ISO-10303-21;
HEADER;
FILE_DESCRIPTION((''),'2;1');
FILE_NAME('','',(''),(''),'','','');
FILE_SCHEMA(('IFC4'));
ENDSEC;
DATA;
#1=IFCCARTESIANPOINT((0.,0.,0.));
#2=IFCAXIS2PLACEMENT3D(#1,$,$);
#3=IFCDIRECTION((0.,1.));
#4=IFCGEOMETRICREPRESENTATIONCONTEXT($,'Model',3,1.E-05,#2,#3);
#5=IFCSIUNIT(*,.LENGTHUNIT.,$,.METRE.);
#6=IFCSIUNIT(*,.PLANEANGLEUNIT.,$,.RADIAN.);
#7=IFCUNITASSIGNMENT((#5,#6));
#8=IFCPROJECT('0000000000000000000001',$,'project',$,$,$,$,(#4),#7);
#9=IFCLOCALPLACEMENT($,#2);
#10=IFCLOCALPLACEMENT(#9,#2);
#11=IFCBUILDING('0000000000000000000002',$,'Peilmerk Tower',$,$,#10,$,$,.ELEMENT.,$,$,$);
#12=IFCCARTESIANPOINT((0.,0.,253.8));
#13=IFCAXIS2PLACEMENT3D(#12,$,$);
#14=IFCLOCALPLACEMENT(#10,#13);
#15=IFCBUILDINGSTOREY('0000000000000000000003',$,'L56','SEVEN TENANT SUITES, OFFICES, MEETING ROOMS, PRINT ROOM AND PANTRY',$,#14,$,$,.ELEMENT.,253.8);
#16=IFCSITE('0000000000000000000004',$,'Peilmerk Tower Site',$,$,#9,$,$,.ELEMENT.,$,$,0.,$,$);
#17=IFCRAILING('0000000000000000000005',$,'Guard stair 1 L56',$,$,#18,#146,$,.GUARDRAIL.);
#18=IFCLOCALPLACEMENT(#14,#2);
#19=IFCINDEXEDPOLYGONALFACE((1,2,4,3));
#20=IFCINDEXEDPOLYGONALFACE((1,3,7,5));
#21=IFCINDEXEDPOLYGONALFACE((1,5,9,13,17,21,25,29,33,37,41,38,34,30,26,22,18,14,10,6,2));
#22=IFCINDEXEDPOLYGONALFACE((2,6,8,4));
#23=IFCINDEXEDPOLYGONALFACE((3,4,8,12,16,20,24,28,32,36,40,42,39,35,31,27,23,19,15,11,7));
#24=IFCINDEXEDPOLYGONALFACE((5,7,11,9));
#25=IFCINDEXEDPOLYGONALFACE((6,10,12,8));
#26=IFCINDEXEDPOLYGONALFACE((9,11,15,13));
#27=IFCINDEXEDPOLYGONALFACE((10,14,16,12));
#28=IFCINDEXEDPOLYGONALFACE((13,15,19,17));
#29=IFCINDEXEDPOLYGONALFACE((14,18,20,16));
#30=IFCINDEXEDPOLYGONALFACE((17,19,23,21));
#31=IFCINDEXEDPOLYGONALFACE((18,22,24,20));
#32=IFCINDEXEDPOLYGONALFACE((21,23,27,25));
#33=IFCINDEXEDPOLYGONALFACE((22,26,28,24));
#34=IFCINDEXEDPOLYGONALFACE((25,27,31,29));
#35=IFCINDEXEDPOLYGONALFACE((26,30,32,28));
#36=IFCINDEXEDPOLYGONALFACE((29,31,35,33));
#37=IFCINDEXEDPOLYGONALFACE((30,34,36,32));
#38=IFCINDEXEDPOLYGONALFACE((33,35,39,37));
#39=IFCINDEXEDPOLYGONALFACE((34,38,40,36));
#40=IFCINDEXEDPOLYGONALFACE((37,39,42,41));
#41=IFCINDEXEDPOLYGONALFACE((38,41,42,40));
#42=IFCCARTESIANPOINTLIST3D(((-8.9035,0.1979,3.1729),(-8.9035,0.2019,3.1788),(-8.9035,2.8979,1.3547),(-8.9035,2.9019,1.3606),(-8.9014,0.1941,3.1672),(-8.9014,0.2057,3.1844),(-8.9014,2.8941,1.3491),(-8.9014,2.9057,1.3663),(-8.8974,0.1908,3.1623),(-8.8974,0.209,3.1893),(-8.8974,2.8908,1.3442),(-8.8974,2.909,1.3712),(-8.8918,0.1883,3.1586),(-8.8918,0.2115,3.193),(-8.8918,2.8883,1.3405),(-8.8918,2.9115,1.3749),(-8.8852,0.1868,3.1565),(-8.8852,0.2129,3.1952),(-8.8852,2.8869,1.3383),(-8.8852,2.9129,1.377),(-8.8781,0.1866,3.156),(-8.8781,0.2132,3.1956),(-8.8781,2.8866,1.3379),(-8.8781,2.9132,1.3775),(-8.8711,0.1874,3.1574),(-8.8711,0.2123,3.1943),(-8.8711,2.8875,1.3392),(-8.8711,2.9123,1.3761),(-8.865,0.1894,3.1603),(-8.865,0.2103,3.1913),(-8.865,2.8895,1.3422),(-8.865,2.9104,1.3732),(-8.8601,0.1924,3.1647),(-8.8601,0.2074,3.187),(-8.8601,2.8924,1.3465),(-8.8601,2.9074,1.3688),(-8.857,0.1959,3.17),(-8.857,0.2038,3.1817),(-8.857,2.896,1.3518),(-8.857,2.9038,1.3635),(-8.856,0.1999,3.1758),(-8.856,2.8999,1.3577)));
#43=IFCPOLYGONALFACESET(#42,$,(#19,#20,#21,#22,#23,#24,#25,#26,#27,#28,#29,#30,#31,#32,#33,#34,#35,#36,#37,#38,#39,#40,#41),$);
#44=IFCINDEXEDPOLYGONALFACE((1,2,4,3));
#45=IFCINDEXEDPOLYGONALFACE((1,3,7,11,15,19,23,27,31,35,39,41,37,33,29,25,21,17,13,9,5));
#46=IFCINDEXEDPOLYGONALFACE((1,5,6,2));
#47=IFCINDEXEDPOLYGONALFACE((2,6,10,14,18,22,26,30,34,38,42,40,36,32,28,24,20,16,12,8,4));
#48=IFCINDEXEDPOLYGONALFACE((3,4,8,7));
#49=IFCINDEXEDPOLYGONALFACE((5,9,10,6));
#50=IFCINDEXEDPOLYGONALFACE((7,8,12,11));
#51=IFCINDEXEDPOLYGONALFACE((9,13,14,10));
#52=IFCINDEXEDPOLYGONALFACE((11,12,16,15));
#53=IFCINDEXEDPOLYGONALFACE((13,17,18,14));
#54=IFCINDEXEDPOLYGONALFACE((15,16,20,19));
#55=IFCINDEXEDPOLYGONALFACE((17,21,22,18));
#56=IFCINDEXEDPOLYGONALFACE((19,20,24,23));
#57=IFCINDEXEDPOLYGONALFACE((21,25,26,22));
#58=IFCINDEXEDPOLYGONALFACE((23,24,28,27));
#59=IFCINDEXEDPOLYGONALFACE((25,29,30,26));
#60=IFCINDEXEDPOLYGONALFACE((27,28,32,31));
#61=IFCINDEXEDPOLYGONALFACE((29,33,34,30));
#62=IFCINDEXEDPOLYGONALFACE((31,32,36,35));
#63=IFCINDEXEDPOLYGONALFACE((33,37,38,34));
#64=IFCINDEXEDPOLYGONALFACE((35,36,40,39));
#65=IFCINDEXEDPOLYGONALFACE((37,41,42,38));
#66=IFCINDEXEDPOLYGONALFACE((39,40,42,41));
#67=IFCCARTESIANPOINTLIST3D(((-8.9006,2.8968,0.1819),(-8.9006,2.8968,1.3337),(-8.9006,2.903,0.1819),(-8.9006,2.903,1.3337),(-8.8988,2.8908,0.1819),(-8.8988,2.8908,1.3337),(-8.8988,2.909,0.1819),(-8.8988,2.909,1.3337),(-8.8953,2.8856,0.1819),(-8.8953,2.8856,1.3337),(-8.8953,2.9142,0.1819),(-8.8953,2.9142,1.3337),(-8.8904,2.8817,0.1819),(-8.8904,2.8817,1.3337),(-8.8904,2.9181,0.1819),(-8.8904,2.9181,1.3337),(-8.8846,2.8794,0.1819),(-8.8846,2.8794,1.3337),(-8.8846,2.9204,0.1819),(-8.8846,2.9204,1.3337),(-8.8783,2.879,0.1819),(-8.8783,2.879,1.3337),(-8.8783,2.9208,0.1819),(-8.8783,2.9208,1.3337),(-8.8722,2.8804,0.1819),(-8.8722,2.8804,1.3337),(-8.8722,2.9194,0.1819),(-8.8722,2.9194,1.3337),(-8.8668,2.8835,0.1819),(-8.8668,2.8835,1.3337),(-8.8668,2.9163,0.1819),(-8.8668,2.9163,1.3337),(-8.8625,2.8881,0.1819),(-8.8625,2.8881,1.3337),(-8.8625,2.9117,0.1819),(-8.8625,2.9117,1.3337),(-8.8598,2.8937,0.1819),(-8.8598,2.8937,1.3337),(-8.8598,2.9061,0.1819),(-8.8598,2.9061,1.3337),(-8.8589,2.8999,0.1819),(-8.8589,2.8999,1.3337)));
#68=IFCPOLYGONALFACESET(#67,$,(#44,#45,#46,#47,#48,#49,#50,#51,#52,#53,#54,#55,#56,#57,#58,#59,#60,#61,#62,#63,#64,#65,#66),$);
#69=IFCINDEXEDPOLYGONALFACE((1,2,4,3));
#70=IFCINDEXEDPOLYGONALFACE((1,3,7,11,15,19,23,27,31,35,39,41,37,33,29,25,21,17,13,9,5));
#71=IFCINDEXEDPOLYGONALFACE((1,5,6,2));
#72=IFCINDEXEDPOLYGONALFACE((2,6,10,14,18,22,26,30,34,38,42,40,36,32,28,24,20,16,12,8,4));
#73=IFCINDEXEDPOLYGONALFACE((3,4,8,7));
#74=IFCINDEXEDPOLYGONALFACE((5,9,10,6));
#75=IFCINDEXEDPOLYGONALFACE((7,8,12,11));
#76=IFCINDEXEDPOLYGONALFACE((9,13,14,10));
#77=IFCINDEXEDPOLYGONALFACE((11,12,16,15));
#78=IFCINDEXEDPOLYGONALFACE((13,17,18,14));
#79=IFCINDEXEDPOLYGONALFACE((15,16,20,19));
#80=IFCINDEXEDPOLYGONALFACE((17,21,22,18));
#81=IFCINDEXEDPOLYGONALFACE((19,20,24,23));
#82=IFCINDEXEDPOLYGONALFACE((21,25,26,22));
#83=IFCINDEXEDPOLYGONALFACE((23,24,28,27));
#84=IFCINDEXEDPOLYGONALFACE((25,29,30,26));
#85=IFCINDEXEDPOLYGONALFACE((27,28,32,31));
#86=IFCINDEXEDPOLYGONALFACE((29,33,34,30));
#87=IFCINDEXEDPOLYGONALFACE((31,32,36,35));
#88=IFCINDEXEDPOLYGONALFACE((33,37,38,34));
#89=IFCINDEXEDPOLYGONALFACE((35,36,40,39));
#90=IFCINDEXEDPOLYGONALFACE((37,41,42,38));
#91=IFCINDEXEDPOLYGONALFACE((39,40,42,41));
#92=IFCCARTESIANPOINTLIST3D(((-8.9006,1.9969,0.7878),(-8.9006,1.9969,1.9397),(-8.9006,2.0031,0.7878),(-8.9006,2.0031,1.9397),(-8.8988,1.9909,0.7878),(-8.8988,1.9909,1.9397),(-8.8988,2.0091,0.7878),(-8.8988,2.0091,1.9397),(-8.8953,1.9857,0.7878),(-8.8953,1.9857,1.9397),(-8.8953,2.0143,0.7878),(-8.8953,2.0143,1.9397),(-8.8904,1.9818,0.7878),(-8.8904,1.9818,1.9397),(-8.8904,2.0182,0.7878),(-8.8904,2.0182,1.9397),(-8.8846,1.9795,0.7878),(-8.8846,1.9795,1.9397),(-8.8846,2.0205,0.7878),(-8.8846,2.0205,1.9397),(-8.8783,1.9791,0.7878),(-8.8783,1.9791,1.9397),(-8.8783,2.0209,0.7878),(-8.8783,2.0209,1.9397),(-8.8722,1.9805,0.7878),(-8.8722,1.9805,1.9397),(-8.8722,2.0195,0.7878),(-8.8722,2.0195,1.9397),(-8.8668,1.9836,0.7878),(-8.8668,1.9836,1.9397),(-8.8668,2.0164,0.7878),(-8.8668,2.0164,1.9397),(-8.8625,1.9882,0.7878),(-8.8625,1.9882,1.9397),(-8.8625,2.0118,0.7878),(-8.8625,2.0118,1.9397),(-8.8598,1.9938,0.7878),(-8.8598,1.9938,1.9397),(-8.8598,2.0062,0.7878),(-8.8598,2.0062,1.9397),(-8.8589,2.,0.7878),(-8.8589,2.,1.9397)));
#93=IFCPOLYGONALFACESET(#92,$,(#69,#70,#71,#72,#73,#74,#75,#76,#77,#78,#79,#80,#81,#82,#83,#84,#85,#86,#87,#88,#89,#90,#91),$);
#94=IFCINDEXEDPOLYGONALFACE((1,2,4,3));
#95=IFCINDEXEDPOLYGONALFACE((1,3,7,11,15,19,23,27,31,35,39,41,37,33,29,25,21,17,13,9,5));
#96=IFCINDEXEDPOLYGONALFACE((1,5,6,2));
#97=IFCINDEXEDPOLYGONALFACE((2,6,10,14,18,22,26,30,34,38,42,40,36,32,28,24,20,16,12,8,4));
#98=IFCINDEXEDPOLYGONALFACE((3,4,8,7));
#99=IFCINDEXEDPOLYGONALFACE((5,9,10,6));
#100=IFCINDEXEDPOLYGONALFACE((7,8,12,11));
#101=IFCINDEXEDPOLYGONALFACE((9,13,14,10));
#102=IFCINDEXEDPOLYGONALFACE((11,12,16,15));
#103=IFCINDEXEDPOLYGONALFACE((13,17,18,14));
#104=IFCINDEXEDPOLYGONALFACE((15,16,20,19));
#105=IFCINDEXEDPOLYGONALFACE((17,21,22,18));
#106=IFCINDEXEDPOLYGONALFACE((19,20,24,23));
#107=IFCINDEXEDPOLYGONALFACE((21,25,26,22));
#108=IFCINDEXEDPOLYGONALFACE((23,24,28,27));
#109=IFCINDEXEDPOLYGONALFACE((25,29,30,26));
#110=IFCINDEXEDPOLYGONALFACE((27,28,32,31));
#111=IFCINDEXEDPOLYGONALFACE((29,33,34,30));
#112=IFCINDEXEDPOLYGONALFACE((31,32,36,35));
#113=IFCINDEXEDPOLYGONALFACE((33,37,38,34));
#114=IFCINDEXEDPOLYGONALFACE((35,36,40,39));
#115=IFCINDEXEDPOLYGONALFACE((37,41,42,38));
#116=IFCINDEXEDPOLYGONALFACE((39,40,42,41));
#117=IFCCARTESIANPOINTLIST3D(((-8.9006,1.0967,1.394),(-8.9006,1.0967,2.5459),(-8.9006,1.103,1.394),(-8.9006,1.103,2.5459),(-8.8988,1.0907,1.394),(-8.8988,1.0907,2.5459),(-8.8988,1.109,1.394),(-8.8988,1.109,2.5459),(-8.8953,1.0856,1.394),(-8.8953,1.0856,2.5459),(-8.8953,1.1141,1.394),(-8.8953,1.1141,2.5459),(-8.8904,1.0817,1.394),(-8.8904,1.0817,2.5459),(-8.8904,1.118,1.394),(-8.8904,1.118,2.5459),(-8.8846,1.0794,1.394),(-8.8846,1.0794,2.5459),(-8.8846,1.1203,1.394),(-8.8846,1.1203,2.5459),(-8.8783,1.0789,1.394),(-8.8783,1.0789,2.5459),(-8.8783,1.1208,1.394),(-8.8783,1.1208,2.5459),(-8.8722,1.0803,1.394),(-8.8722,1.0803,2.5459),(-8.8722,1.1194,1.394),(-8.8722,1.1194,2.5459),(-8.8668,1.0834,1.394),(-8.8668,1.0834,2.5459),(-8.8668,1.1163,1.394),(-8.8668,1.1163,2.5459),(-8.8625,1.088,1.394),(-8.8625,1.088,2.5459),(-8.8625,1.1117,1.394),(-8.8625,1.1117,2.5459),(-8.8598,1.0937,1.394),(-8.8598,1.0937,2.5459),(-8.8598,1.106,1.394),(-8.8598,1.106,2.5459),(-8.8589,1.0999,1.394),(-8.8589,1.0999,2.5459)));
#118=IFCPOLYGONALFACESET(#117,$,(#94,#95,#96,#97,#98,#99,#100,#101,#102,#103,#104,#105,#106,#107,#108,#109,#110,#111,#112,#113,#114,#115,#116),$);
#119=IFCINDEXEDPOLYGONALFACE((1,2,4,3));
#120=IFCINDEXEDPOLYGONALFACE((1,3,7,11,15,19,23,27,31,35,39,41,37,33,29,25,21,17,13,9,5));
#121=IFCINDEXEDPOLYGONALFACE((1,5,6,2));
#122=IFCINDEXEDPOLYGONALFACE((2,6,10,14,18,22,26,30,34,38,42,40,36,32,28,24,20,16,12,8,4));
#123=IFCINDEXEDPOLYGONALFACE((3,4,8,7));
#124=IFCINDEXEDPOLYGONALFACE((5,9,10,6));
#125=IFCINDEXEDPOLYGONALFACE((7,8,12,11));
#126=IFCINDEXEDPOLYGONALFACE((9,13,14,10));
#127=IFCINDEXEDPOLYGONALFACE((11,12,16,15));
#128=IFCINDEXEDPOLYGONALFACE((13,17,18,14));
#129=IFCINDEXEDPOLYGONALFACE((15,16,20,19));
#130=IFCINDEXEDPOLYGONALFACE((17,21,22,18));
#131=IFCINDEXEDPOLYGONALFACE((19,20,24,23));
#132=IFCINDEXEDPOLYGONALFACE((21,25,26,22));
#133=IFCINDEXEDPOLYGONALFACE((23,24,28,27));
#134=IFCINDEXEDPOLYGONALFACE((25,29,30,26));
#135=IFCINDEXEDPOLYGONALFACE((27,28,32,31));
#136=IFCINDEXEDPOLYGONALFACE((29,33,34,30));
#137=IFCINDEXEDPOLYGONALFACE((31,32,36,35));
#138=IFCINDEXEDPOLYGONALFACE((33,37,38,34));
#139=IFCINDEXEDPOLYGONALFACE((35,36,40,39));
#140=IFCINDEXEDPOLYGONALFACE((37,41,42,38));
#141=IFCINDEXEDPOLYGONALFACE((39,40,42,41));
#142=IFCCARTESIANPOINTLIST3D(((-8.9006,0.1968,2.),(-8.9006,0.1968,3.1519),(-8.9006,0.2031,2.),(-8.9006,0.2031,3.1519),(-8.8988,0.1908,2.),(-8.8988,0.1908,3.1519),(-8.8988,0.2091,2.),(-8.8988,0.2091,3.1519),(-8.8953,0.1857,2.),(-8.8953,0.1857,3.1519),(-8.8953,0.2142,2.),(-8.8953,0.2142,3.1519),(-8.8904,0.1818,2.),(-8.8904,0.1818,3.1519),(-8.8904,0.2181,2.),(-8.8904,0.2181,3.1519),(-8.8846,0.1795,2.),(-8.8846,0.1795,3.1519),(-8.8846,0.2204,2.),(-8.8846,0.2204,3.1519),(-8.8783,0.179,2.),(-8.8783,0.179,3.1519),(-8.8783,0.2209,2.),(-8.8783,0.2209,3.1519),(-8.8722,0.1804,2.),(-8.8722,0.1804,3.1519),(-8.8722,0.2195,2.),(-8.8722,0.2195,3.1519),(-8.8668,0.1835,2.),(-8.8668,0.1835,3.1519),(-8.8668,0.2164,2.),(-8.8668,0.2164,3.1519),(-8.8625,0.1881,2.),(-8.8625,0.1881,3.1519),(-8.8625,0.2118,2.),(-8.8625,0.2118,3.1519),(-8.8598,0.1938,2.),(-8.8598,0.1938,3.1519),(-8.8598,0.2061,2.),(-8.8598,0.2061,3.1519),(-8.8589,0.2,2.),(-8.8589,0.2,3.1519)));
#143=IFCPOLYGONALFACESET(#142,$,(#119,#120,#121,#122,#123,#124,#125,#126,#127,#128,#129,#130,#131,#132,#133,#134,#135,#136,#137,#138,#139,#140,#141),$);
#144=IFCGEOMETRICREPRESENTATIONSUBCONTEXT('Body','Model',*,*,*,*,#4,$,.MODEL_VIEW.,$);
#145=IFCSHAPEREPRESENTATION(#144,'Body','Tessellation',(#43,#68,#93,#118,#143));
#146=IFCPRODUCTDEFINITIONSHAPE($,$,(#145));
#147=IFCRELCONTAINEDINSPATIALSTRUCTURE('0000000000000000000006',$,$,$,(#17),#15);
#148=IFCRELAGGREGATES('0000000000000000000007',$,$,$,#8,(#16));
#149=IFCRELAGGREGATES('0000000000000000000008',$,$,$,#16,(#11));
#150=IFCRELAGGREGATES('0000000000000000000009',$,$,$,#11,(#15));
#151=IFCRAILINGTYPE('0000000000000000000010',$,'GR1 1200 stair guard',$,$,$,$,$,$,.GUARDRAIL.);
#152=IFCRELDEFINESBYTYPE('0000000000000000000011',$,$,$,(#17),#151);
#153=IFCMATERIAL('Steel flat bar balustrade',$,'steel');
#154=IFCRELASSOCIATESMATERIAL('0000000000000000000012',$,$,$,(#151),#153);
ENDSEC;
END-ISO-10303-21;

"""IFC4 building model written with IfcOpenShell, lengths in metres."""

from ifc_helpers import new_model, si_unit, direction, frame, origin, origin_2d, place, context, subcontext, project, spatial, circle, extrude, material, type_object, element, save


model = new_model("IFC4")

# Units and contexts
model_context = context("Model", 3, precision=1e-05, world=origin(), true_north=direction((0.0, 1.0)))
body_context = subcontext(model_context, "Body", "Model", "MODEL_VIEW")
ifc_project = project(units=[si_unit("LENGTHUNIT", "METRE"), si_unit("PLANEANGLEUNIT", "RADIAN")], contexts=[model_context])

# Site, building, storey
site_placement = place(None, origin())
site = spatial("IfcSite", under=ifc_project, at=site_placement, Name="Peilmerk Tower Site", CompositionType="ELEMENT", RefElevation=0.0)
building_placement = place(site_placement, origin())
building = spatial("IfcBuilding", under=site, at=building_placement, Name="Peilmerk Tower", CompositionType="ELEMENT")
storey_placement = place(building_placement, frame((0.0, 0.0, 253.8)))
storey = spatial("IfcBuildingStorey", under=building, at=storey_placement, Name="L56", Description="SEVEN TENANT SUITES, OFFICES, MEETING ROOMS, PRINT ROOM AND PANTRY", CompositionType="ELEMENT", Elevation=253.8)

# Railing
ifc_material_1 = material(Name="Steel flat bar balustrade", Category="steel")
railing_type_1 = type_object("IfcRailingType", Name="GR1 1200 stair guard", PredefinedType="GUARDRAIL", material=ifc_material_1)
railing_1_placement = place(storey_placement, frame((-8.8799, 2.8999, 0.1819)))
element("IfcRailing", 1, at=railing_1_placement, inside=storey, type_object=railing_type_1, Name="Guard stair 1 L56", PredefinedType="GUARDRAIL", context=body_context, shape_type="SweptSolid", body=[
    extrude(circle(Radius=0.0239, at=origin_2d()), frame((0.0, 0.0, 1.1758), z_axis=(0.0, -0.829468, 0.558554), x_axis=(1.0, 0.0, 0.0)), (0.0, 0.0, 1.0), 3.2551),
    extrude(circle(Radius=0.021, at=origin_2d()), origin(), (0.0, 0.0, 1.0), 1.1519),
    extrude(circle(Radius=0.021, at=origin_2d()), frame((0.0, -0.8999, 0.606)), (0.0, 0.0, 1.0), 1.1519),
    extrude(circle(Radius=0.021, at=origin_2d()), frame((0.0, -1.8, 1.2122)), (0.0, 0.0, 1.0), 1.1519),
    extrude(circle(Radius=0.021, at=origin_2d()), frame((0.0, -2.7, 1.8181)), (0.0, 0.0, 1.0), 1.1519),
])

save(model, "model.ifc")
